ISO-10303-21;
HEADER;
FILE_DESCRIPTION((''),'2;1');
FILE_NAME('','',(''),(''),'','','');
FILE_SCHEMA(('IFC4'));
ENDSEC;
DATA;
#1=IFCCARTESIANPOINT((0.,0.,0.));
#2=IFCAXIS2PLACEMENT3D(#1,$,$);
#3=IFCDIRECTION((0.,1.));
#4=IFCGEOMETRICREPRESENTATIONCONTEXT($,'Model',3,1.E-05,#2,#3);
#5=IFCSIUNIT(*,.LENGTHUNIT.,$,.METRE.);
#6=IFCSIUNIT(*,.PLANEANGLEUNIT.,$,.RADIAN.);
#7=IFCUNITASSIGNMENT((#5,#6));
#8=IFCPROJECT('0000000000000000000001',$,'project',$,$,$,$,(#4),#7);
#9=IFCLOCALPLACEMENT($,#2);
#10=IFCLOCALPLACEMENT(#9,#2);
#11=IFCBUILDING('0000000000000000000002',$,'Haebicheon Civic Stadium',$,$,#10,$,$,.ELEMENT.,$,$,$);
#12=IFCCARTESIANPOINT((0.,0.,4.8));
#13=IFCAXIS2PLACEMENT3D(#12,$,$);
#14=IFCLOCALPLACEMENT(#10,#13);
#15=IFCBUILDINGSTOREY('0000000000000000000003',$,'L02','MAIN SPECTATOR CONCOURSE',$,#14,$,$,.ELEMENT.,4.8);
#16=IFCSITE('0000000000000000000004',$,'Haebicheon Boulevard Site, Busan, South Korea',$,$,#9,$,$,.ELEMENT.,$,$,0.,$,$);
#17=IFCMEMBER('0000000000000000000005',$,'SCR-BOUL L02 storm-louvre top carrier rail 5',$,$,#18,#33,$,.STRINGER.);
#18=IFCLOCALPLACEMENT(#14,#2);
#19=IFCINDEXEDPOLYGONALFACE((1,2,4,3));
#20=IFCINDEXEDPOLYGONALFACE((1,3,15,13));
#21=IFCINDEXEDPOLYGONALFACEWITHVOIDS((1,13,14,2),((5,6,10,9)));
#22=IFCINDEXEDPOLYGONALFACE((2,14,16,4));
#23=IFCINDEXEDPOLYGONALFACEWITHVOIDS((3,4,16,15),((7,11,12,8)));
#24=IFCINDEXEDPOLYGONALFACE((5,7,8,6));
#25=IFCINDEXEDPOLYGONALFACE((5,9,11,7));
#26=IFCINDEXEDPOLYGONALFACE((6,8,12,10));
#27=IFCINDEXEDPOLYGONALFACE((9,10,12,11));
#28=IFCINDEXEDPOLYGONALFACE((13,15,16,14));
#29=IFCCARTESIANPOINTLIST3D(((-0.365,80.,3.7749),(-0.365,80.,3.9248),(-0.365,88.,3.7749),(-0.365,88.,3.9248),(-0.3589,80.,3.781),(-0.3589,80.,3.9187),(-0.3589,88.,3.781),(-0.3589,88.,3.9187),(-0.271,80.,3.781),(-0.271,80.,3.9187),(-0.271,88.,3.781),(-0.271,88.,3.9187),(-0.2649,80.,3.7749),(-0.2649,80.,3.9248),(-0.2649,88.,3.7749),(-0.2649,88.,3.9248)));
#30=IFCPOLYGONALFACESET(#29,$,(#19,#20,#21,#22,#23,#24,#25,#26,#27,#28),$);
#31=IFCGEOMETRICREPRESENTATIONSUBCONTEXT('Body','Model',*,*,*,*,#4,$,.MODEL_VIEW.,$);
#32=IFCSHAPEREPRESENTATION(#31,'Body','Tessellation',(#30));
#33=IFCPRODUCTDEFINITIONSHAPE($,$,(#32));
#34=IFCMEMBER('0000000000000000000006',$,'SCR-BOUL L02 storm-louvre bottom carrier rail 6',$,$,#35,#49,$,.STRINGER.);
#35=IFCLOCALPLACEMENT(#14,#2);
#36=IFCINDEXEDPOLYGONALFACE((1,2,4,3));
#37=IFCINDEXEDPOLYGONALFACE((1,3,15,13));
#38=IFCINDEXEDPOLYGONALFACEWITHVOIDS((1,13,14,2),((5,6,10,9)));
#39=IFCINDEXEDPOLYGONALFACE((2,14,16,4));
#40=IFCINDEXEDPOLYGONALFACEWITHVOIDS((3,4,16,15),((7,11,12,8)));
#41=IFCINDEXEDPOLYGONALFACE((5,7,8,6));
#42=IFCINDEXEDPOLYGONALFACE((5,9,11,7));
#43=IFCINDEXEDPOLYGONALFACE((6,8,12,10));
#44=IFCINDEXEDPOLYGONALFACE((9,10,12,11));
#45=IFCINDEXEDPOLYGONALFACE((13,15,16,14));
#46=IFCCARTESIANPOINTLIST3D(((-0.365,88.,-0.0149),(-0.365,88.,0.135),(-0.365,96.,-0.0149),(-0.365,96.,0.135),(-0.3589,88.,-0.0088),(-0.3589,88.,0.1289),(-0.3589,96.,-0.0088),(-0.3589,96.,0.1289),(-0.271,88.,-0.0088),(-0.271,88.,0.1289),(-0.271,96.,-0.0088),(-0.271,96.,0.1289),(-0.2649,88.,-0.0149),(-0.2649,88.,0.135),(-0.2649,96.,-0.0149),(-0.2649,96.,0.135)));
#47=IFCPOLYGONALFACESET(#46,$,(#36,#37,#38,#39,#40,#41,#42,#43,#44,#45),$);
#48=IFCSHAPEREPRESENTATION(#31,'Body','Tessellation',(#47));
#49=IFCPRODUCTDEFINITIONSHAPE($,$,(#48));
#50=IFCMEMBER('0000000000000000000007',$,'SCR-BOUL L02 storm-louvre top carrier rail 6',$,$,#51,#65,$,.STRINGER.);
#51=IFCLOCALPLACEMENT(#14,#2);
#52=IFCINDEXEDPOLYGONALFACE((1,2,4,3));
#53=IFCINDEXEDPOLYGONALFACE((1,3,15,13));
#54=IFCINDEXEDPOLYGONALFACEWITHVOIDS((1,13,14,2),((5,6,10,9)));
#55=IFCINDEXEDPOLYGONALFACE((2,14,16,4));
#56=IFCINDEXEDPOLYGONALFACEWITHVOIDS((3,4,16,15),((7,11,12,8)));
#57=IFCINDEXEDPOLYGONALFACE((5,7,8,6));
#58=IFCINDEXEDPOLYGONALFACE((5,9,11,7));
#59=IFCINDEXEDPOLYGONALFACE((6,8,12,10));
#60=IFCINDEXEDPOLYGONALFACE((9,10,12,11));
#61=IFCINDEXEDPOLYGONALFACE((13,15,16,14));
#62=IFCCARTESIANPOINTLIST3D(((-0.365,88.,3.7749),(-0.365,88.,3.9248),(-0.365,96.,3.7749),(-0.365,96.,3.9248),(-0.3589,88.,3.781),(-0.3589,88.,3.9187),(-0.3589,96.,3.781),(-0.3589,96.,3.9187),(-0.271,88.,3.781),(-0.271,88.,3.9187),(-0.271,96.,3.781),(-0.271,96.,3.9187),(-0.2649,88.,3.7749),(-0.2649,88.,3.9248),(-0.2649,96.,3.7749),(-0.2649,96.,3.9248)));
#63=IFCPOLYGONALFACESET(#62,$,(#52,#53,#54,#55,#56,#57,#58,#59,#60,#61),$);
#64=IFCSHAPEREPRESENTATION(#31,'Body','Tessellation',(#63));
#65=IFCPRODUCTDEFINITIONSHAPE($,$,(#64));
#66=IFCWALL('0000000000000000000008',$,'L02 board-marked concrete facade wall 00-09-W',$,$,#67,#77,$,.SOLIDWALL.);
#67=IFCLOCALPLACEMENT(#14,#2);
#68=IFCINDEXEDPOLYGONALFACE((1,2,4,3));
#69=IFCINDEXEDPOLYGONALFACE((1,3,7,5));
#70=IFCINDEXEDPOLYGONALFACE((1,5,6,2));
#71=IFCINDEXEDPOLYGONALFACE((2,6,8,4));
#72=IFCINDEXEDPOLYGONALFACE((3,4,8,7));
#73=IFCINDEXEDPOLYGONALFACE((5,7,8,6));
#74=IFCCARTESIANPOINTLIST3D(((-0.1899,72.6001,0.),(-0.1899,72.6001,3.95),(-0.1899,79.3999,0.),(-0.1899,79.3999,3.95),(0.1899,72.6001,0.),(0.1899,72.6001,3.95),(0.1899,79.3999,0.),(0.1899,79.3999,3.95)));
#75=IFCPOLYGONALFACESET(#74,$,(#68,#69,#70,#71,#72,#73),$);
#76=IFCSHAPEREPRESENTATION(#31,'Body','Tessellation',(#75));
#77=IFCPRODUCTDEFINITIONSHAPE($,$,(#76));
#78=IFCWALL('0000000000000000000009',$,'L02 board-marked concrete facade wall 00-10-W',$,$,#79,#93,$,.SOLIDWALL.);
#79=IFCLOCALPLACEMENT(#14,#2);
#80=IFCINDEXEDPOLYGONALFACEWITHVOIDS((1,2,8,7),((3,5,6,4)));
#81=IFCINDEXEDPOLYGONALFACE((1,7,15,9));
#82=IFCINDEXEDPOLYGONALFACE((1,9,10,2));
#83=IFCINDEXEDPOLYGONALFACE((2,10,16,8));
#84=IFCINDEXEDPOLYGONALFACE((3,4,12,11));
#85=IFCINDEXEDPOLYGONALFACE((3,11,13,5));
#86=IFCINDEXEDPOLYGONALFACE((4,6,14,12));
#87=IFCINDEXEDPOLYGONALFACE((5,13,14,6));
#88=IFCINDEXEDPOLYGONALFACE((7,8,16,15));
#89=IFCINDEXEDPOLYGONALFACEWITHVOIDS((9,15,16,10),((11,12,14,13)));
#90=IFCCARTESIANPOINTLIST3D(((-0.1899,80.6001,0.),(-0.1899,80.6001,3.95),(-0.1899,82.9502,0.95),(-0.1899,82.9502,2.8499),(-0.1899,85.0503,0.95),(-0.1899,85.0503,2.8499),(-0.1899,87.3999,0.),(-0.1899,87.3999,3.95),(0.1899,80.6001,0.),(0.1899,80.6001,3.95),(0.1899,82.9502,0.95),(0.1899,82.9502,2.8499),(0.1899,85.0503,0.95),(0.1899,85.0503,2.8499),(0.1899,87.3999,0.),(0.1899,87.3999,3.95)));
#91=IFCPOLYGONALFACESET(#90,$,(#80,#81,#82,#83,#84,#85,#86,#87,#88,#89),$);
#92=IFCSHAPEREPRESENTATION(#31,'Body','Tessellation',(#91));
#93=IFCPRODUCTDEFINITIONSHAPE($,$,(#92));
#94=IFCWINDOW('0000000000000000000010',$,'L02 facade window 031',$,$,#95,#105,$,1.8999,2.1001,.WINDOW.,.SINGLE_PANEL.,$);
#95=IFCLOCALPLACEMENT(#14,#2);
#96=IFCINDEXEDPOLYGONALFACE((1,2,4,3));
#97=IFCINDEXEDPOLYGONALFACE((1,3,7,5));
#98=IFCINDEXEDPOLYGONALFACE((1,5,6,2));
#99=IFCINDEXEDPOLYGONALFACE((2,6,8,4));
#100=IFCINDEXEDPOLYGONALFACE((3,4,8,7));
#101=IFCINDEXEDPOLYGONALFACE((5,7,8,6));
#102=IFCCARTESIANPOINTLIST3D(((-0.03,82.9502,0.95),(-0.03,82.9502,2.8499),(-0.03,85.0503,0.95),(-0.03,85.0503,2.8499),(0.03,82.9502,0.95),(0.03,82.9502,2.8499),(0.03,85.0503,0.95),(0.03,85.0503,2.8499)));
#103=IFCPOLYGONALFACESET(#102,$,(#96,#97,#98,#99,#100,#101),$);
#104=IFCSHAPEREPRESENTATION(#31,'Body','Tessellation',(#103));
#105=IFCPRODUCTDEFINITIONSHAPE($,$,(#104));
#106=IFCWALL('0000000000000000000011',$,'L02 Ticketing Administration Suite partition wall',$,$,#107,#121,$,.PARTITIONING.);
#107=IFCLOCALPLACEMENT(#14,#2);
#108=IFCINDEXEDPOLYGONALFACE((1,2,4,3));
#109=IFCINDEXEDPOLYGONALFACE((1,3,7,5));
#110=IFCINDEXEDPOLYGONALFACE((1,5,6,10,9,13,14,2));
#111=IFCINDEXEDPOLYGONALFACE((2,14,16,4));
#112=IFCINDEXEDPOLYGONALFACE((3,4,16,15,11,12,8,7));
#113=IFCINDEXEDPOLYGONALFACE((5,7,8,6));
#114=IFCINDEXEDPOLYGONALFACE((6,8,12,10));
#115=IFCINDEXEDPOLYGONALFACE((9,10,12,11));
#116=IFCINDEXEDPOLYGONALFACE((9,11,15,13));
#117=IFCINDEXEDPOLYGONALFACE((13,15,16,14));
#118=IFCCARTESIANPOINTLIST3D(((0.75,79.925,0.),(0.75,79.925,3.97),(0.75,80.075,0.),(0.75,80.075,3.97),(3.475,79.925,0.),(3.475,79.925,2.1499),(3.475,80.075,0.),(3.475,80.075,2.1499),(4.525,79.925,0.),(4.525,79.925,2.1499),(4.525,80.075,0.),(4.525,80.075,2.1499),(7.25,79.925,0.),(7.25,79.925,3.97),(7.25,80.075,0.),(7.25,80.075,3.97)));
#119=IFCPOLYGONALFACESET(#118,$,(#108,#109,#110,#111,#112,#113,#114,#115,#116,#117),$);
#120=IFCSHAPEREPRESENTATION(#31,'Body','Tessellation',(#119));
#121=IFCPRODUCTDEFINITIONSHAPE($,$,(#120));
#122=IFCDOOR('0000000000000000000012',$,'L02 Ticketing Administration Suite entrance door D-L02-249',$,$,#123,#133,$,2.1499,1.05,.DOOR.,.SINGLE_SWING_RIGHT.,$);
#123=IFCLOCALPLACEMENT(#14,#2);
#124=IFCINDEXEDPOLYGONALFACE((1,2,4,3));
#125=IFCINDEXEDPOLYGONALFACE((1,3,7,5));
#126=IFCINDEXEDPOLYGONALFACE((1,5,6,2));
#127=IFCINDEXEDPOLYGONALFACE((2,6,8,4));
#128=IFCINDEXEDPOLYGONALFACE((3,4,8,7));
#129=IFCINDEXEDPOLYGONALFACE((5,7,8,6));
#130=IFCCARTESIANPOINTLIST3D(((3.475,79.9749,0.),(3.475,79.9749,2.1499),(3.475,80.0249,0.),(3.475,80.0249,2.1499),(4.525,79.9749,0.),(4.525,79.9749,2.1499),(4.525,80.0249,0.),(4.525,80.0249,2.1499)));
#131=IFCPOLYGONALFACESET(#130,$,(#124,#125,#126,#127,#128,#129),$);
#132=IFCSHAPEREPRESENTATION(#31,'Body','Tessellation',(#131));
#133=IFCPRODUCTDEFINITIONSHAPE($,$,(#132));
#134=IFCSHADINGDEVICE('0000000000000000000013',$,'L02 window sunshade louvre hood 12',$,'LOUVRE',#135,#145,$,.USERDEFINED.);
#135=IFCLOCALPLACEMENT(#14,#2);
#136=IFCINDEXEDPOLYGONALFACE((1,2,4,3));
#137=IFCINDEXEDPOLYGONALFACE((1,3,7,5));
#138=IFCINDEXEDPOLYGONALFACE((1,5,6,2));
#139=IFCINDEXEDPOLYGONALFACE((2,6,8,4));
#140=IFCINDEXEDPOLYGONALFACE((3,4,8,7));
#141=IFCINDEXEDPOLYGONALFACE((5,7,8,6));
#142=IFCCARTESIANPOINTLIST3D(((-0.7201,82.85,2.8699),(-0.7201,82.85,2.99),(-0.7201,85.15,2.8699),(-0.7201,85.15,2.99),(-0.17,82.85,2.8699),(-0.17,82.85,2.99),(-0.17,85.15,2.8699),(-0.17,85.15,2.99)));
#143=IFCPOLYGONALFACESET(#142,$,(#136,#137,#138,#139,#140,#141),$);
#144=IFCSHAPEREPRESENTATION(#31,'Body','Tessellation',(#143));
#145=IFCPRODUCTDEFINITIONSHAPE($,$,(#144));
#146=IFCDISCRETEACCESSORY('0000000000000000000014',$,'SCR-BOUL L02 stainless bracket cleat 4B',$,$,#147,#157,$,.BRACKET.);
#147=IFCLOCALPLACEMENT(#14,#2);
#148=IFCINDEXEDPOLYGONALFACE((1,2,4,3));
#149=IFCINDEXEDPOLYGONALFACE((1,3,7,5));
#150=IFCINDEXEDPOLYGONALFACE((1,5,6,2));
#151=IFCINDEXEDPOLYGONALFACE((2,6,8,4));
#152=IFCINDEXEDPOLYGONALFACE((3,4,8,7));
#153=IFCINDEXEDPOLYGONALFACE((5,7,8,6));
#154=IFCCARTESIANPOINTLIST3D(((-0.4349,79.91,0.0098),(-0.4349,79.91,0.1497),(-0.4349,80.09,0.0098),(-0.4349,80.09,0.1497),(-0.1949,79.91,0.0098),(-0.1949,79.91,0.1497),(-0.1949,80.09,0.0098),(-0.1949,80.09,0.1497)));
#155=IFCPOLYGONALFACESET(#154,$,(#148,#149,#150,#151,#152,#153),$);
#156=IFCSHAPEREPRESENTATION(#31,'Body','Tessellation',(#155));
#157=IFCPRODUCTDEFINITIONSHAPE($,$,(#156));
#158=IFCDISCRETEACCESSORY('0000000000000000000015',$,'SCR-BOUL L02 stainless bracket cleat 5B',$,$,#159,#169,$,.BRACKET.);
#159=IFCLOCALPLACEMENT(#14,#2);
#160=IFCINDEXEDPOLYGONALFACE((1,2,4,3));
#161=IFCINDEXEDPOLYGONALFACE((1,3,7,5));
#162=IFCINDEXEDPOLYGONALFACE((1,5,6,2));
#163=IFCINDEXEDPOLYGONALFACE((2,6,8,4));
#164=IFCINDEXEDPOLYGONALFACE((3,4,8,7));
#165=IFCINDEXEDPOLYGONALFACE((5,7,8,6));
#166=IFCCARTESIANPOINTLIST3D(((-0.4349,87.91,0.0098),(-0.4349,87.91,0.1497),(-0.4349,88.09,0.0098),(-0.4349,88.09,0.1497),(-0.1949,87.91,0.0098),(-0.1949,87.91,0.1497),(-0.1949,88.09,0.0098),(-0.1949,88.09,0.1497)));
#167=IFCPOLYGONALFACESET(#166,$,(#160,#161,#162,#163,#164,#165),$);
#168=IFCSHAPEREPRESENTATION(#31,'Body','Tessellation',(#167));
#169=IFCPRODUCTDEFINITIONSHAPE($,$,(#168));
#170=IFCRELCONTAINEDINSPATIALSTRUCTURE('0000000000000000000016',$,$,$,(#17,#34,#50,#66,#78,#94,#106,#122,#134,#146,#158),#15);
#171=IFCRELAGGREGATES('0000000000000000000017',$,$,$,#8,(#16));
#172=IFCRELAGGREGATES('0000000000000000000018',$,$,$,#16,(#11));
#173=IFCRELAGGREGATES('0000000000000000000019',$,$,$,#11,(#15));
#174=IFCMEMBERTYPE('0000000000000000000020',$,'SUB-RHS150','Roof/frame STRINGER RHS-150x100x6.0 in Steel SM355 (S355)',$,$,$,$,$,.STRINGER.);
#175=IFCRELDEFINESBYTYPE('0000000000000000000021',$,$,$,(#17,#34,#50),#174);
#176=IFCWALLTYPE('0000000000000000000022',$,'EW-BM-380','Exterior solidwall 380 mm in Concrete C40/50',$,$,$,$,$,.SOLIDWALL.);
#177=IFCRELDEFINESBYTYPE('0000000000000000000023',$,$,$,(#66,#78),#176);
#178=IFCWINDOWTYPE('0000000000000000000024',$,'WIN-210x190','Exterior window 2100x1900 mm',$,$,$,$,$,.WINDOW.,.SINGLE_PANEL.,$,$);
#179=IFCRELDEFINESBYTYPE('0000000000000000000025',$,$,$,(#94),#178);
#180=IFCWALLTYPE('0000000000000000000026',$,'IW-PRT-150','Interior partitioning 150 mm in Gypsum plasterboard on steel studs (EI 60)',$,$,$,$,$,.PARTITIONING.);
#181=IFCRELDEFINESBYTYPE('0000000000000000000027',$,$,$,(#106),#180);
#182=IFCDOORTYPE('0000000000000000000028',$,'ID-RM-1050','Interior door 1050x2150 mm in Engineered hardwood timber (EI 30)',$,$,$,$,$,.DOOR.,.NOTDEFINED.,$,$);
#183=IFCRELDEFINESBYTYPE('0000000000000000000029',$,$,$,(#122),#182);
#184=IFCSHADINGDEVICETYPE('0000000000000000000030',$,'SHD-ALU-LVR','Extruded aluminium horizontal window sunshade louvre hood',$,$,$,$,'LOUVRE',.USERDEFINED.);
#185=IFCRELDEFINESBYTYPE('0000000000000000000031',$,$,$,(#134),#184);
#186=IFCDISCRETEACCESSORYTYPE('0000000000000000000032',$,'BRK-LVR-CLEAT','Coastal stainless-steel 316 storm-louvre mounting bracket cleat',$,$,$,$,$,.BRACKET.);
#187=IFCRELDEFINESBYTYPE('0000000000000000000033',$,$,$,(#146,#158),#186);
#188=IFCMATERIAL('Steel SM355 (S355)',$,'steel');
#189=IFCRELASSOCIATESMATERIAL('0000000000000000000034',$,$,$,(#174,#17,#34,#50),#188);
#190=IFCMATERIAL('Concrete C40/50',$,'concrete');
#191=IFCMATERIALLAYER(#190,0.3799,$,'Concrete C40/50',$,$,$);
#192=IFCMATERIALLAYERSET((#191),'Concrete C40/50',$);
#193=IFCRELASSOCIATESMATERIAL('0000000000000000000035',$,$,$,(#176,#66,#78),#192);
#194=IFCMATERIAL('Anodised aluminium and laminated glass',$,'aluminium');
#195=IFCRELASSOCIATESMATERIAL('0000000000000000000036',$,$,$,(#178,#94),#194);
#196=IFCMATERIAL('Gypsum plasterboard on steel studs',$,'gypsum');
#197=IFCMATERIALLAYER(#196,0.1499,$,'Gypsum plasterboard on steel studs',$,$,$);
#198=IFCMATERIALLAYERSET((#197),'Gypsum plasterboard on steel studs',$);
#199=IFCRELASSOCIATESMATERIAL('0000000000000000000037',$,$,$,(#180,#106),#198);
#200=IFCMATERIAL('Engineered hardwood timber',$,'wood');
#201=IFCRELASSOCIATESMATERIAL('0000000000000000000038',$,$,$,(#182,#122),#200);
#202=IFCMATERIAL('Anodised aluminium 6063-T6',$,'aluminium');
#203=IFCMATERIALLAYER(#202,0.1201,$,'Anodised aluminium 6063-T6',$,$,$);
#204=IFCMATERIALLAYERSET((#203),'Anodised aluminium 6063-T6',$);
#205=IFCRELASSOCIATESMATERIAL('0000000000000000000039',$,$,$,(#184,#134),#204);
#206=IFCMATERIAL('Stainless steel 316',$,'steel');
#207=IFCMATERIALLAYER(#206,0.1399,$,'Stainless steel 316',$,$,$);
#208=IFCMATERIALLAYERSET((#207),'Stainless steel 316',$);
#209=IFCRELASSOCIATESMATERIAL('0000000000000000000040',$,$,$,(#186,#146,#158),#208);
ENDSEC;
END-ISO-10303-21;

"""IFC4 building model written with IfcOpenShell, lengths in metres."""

from ifc_helpers import new_model, si_unit, direction, frame, frame_2d, origin, origin_2d, place, context, subcontext, project, spatial, rectangle, hollow_rectangle, extrude, material, layer, layer_set, material_profile, profile_set, type_object, element, fill, save


model = new_model("IFC4")

# Units and contexts
model_context = context("Model", 3, precision=1e-05, world=origin(), true_north=direction((0.0, 1.0)))
body_context = subcontext(model_context, "Body", "Model", "MODEL_VIEW")
ifc_project = project(units=[si_unit("LENGTHUNIT", "METRE"), si_unit("PLANEANGLEUNIT", "RADIAN")], contexts=[model_context])

# Site, building, storey
site_placement = place(None, origin())
site = spatial("IfcSite", under=ifc_project, at=site_placement, Name="Haebicheon Boulevard Site, Busan, South Korea", CompositionType="ELEMENT", RefElevation=0.0)
building_placement = place(site_placement, origin())
building = spatial("IfcBuilding", under=site, at=building_placement, Name="Haebicheon Civic Stadium", CompositionType="ELEMENT")
storey_placement = place(building_placement, frame((0.0, 0.0, 4.8)))
storey = spatial("IfcBuildingStorey", under=building, at=storey_placement, Name="L02", Description="MAIN SPECTATOR CONCOURSE", CompositionType="ELEMENT", Elevation=4.8)

# Members
ifc_material_1 = material(Name="Steel SM355 (S355)", Category="steel")
ifc_material_profile_1 = material_profile(ifc_material_1, hollow_rectangle(XDim=0.1001, YDim=0.1499, WallThickness=0.0061, at=origin_2d()), Name="RHS-150x100x6.0")
ifc_profile_set_1 = profile_set([ifc_material_profile_1], Name="Steel SM355 (S355)")
member_type_1 = type_object("IfcMemberType", Name="SUB-RHS150", Description="Roof/frame STRINGER RHS-150x100x6.0 in Steel SM355 (S355)", PredefinedType="STRINGER", material=ifc_profile_set_1)
for number, where, z_axis, x_axis, name in (
    (1, (-0.3149, 80.0, 3.8499), (0.0, 1.0, 0.0), (-1.0, 0.0, 0.0), "SCR-BOUL L02 storm-louvre top carrier rail 5"),
    (2, (-0.3149, 88.0, 0.0601), (0.0, 1.0, 0.0), (-1.0, 0.0, 0.0), "SCR-BOUL L02 storm-louvre bottom carrier rail 6"),
    (3, (-0.3149, 88.0, 3.8499), (0.0, 1.0, 0.0), (-1.0, 0.0, 0.0), "SCR-BOUL L02 storm-louvre top carrier rail 6"),
):
    element("IfcMember", number, at=place(storey_placement, frame(where, z_axis=z_axis, x_axis=x_axis)), inside=storey, type_object=member_type_1, material=ifc_profile_set_1, Name=name, PredefinedType="STRINGER", context=body_context, shape_type="SweptSolid", body=[
        extrude(hollow_rectangle(XDim=0.1001, YDim=0.1499, WallThickness=0.0061, at=origin_2d()), origin(), (0.0, 0.0, 1.0), 8.0),
    ])

# Wall
ifc_material_2 = material(Name="Concrete C40/50", Category="concrete")
ifc_layer_1 = layer(ifc_material_2, 0.3799, Name="Concrete C40/50")
ifc_layer_set_1 = layer_set([ifc_layer_1], Name="Concrete C40/50")
wall_type_1 = type_object("IfcWallType", Name="EW-BM-380", Description="Exterior solidwall 380 mm in Concrete C40/50", PredefinedType="SOLIDWALL", material=ifc_layer_set_1)
wall_1_placement = place(storey_placement, frame((0.0, 72.6001, 0.0), z_axis=(0.0, 0.0, 1.0), x_axis=(0.0, 1.0, 0.0)))
element("IfcWall", 4, at=wall_1_placement, inside=storey, type_object=wall_type_1, material=ifc_layer_set_1, Name="L02 board-marked concrete facade wall 00-09-W", PredefinedType="SOLIDWALL", context=body_context, shape_type="SweptSolid", body=[
    extrude(rectangle(XDim=6.7998, YDim=0.3799, at=frame_2d((3.3999, 0.0))), origin(), (0.0, 0.0, 1.0), 3.95),
])

# Wall, opening, window
wall_2_placement = place(storey_placement, frame((0.0, 80.6001, 0.0), z_axis=(0.0, 0.0, 1.0), x_axis=(0.0, 1.0, 0.0)))
wall_2 = element("IfcWall", 5, at=wall_2_placement, inside=storey, type_object=wall_type_1, material=ifc_layer_set_1, Name="L02 board-marked concrete facade wall 00-10-W", PredefinedType="SOLIDWALL", context=body_context, shape_type="SweptSolid", body=[
    extrude(rectangle(XDim=6.7998, YDim=0.3799, at=frame_2d((3.3999, 0.0))), origin(), (0.0, 0.0, 1.0), 3.95),
])
opening_1_placement = place(wall_2_placement, frame((2.3501, 0.0, 0.95)))
opening_1 = element("IfcOpeningElement", 6, at=opening_1_placement, cuts=wall_2, PredefinedType="OPENING", context=body_context, shape_type="SweptSolid", body=[
    extrude(rectangle(XDim=2.1001, YDim=1.8999, at=frame_2d((1.05, 0.95))), frame((0.0, 0.2, 0.0), z_axis=(0.0, -1.0, 0.0), x_axis=(1.0, 0.0, 0.0)), (0.0, 0.0, 1.0), 0.3999),
])
ifc_material_3 = material(Name="Anodised aluminium and laminated glass", Category="aluminium")
window_type = type_object("IfcWindowType", Name="WIN-210x190", Description="Exterior window 2100x1900 mm", PartitioningType="SINGLE_PANEL", PredefinedType="WINDOW", material=ifc_material_3)
window_placement = place(opening_1_placement, origin())
window = element("IfcWindow", 7, at=window_placement, inside=storey, type_object=window_type, material=ifc_material_3, Name="L02 facade window 031", OverallHeight=1.8999, OverallWidth=2.1001, PartitioningType="SINGLE_PANEL", PredefinedType="WINDOW", context=body_context, shape_type="SweptSolid", body=[
    extrude(rectangle(XDim=2.1001, YDim=1.8999, at=frame_2d((1.05, 0.95))), frame((0.0, 0.03, 0.0), z_axis=(0.0, -1.0, 0.0), x_axis=(1.0, 0.0, 0.0)), (0.0, 0.0, 1.0), 0.0601),
])
fill(opening_1, window)

# Wall, opening, door
ifc_material_4 = material(Name="Gypsum plasterboard on steel studs", Category="gypsum")
ifc_layer_2 = layer(ifc_material_4, 0.1499, Name="Gypsum plasterboard on steel studs")
ifc_layer_set_2 = layer_set([ifc_layer_2], Name="Gypsum plasterboard on steel studs")
wall_type_2 = type_object("IfcWallType", Name="IW-PRT-150", Description="Interior partitioning 150 mm in Gypsum plasterboard on steel studs (EI 60)", PredefinedType="PARTITIONING", material=ifc_layer_set_2)
wall_3_placement = place(storey_placement, frame((0.75, 80.0, 0.0), z_axis=(0.0, 0.0, 1.0), x_axis=(1.0, 0.0, 0.0)))
wall_3 = element("IfcWall", 8, at=wall_3_placement, inside=storey, type_object=wall_type_2, material=ifc_layer_set_2, Name="L02 Ticketing Administration Suite partition wall", PredefinedType="PARTITIONING", context=body_context, shape_type="SweptSolid", body=[
    extrude(rectangle(XDim=6.5, YDim=0.1499, at=frame_2d((3.25, 0.0))), origin(), (0.0, 0.0, 1.0), 3.97),
])
opening_2_placement = place(wall_3_placement, frame((2.7251, 0.0, 0.0)))
opening_2 = element("IfcOpeningElement", 9, at=opening_2_placement, cuts=wall_3, PredefinedType="OPENING", context=body_context, shape_type="SweptSolid", body=[
    extrude(rectangle(XDim=1.05, YDim=2.1499, at=frame_2d((0.5249, 1.075))), frame((0.0, 0.085, 0.0), z_axis=(0.0, -1.0, 0.0), x_axis=(1.0, 0.0, 0.0)), (0.0, 0.0, 1.0), 0.1699),
])
ifc_material_5 = material(Name="Engineered hardwood timber", Category="wood")
door_type = type_object("IfcDoorType", Name="ID-RM-1050", Description="Interior door 1050x2150 mm in Engineered hardwood timber (EI 30)", OperationType="NOTDEFINED", PredefinedType="DOOR", material=ifc_material_5)
door_placement = place(opening_2_placement, origin())
door = element("IfcDoor", 10, at=door_placement, inside=storey, type_object=door_type, material=ifc_material_5, Name="L02 Ticketing Administration Suite entrance door D-L02-249", OperationType="SINGLE_SWING_RIGHT", OverallHeight=2.1499, OverallWidth=1.05, PredefinedType="DOOR", context=body_context, shape_type="SweptSolid", body=[
    extrude(rectangle(XDim=1.05, YDim=2.1499, at=frame_2d((0.5249, 1.075))), frame((0.0, 0.0249, 0.0), z_axis=(0.0, -1.0, 0.0), x_axis=(1.0, 0.0, 0.0)), (0.0, 0.0, 1.0), 0.05),
])
fill(opening_2, door)

# Shading device
ifc_material_6 = material(Name="Anodised aluminium 6063-T6", Category="aluminium")
ifc_layer_3 = layer(ifc_material_6, 0.1201, Name="Anodised aluminium 6063-T6")
ifc_layer_set_3 = layer_set([ifc_layer_3], Name="Anodised aluminium 6063-T6")
shading_device_type = type_object("IfcShadingDeviceType", Name="SHD-ALU-LVR", Description="Extruded aluminium horizontal window sunshade louvre hood", ElementType="LOUVRE", PredefinedType="USERDEFINED", material=ifc_layer_set_3)
shading_device_placement = place(storey_placement, frame((-0.4451, 84.0, 2.8699), z_axis=(0.0, 0.0, 1.0), x_axis=(1.0, 0.0, 0.0)))
element("IfcShadingDevice", 11, at=shading_device_placement, inside=storey, type_object=shading_device_type, material=ifc_layer_set_3, Name="L02 window sunshade louvre hood 12", ObjectType="LOUVRE", PredefinedType="USERDEFINED", context=body_context, shape_type="SweptSolid", body=[
    extrude(rectangle(XDim=0.55, YDim=2.3, at=origin_2d()), origin(), (0.0, 0.0, 1.0), 0.1201),
])

# Discrete accessories
ifc_material_7 = material(Name="Stainless steel 316", Category="steel")
ifc_layer_4 = layer(ifc_material_7, 0.1399, Name="Stainless steel 316")
ifc_layer_set_4 = layer_set([ifc_layer_4], Name="Stainless steel 316")
discrete_accessory_type = type_object("IfcDiscreteAccessoryType", Name="BRK-LVR-CLEAT", Description="Coastal stainless-steel 316 storm-louvre mounting bracket cleat", PredefinedType="BRACKET", material=ifc_layer_set_4)
for number, where, z_axis, x_axis, name in (
    (12, (-0.3149, 80.0, 0.0098), (0.0, 0.0, 1.0), (1.0, 0.0, 0.0), "SCR-BOUL L02 stainless bracket cleat 4B"),
    (13, (-0.3149, 88.0, 0.0098), (0.0, 0.0, 1.0), (1.0, 0.0, 0.0), "SCR-BOUL L02 stainless bracket cleat 5B"),
):
    element("IfcDiscreteAccessory", number, at=place(storey_placement, frame(where, z_axis=z_axis, x_axis=x_axis)), inside=storey, type_object=discrete_accessory_type, material=ifc_layer_set_4, Name=name, PredefinedType="BRACKET", context=body_context, shape_type="SweptSolid", body=[
        extrude(rectangle(XDim=0.24, YDim=0.1799, at=origin_2d()), origin(), (0.0, 0.0, 1.0), 0.1399),
    ])

save(model, "model.ifc")
